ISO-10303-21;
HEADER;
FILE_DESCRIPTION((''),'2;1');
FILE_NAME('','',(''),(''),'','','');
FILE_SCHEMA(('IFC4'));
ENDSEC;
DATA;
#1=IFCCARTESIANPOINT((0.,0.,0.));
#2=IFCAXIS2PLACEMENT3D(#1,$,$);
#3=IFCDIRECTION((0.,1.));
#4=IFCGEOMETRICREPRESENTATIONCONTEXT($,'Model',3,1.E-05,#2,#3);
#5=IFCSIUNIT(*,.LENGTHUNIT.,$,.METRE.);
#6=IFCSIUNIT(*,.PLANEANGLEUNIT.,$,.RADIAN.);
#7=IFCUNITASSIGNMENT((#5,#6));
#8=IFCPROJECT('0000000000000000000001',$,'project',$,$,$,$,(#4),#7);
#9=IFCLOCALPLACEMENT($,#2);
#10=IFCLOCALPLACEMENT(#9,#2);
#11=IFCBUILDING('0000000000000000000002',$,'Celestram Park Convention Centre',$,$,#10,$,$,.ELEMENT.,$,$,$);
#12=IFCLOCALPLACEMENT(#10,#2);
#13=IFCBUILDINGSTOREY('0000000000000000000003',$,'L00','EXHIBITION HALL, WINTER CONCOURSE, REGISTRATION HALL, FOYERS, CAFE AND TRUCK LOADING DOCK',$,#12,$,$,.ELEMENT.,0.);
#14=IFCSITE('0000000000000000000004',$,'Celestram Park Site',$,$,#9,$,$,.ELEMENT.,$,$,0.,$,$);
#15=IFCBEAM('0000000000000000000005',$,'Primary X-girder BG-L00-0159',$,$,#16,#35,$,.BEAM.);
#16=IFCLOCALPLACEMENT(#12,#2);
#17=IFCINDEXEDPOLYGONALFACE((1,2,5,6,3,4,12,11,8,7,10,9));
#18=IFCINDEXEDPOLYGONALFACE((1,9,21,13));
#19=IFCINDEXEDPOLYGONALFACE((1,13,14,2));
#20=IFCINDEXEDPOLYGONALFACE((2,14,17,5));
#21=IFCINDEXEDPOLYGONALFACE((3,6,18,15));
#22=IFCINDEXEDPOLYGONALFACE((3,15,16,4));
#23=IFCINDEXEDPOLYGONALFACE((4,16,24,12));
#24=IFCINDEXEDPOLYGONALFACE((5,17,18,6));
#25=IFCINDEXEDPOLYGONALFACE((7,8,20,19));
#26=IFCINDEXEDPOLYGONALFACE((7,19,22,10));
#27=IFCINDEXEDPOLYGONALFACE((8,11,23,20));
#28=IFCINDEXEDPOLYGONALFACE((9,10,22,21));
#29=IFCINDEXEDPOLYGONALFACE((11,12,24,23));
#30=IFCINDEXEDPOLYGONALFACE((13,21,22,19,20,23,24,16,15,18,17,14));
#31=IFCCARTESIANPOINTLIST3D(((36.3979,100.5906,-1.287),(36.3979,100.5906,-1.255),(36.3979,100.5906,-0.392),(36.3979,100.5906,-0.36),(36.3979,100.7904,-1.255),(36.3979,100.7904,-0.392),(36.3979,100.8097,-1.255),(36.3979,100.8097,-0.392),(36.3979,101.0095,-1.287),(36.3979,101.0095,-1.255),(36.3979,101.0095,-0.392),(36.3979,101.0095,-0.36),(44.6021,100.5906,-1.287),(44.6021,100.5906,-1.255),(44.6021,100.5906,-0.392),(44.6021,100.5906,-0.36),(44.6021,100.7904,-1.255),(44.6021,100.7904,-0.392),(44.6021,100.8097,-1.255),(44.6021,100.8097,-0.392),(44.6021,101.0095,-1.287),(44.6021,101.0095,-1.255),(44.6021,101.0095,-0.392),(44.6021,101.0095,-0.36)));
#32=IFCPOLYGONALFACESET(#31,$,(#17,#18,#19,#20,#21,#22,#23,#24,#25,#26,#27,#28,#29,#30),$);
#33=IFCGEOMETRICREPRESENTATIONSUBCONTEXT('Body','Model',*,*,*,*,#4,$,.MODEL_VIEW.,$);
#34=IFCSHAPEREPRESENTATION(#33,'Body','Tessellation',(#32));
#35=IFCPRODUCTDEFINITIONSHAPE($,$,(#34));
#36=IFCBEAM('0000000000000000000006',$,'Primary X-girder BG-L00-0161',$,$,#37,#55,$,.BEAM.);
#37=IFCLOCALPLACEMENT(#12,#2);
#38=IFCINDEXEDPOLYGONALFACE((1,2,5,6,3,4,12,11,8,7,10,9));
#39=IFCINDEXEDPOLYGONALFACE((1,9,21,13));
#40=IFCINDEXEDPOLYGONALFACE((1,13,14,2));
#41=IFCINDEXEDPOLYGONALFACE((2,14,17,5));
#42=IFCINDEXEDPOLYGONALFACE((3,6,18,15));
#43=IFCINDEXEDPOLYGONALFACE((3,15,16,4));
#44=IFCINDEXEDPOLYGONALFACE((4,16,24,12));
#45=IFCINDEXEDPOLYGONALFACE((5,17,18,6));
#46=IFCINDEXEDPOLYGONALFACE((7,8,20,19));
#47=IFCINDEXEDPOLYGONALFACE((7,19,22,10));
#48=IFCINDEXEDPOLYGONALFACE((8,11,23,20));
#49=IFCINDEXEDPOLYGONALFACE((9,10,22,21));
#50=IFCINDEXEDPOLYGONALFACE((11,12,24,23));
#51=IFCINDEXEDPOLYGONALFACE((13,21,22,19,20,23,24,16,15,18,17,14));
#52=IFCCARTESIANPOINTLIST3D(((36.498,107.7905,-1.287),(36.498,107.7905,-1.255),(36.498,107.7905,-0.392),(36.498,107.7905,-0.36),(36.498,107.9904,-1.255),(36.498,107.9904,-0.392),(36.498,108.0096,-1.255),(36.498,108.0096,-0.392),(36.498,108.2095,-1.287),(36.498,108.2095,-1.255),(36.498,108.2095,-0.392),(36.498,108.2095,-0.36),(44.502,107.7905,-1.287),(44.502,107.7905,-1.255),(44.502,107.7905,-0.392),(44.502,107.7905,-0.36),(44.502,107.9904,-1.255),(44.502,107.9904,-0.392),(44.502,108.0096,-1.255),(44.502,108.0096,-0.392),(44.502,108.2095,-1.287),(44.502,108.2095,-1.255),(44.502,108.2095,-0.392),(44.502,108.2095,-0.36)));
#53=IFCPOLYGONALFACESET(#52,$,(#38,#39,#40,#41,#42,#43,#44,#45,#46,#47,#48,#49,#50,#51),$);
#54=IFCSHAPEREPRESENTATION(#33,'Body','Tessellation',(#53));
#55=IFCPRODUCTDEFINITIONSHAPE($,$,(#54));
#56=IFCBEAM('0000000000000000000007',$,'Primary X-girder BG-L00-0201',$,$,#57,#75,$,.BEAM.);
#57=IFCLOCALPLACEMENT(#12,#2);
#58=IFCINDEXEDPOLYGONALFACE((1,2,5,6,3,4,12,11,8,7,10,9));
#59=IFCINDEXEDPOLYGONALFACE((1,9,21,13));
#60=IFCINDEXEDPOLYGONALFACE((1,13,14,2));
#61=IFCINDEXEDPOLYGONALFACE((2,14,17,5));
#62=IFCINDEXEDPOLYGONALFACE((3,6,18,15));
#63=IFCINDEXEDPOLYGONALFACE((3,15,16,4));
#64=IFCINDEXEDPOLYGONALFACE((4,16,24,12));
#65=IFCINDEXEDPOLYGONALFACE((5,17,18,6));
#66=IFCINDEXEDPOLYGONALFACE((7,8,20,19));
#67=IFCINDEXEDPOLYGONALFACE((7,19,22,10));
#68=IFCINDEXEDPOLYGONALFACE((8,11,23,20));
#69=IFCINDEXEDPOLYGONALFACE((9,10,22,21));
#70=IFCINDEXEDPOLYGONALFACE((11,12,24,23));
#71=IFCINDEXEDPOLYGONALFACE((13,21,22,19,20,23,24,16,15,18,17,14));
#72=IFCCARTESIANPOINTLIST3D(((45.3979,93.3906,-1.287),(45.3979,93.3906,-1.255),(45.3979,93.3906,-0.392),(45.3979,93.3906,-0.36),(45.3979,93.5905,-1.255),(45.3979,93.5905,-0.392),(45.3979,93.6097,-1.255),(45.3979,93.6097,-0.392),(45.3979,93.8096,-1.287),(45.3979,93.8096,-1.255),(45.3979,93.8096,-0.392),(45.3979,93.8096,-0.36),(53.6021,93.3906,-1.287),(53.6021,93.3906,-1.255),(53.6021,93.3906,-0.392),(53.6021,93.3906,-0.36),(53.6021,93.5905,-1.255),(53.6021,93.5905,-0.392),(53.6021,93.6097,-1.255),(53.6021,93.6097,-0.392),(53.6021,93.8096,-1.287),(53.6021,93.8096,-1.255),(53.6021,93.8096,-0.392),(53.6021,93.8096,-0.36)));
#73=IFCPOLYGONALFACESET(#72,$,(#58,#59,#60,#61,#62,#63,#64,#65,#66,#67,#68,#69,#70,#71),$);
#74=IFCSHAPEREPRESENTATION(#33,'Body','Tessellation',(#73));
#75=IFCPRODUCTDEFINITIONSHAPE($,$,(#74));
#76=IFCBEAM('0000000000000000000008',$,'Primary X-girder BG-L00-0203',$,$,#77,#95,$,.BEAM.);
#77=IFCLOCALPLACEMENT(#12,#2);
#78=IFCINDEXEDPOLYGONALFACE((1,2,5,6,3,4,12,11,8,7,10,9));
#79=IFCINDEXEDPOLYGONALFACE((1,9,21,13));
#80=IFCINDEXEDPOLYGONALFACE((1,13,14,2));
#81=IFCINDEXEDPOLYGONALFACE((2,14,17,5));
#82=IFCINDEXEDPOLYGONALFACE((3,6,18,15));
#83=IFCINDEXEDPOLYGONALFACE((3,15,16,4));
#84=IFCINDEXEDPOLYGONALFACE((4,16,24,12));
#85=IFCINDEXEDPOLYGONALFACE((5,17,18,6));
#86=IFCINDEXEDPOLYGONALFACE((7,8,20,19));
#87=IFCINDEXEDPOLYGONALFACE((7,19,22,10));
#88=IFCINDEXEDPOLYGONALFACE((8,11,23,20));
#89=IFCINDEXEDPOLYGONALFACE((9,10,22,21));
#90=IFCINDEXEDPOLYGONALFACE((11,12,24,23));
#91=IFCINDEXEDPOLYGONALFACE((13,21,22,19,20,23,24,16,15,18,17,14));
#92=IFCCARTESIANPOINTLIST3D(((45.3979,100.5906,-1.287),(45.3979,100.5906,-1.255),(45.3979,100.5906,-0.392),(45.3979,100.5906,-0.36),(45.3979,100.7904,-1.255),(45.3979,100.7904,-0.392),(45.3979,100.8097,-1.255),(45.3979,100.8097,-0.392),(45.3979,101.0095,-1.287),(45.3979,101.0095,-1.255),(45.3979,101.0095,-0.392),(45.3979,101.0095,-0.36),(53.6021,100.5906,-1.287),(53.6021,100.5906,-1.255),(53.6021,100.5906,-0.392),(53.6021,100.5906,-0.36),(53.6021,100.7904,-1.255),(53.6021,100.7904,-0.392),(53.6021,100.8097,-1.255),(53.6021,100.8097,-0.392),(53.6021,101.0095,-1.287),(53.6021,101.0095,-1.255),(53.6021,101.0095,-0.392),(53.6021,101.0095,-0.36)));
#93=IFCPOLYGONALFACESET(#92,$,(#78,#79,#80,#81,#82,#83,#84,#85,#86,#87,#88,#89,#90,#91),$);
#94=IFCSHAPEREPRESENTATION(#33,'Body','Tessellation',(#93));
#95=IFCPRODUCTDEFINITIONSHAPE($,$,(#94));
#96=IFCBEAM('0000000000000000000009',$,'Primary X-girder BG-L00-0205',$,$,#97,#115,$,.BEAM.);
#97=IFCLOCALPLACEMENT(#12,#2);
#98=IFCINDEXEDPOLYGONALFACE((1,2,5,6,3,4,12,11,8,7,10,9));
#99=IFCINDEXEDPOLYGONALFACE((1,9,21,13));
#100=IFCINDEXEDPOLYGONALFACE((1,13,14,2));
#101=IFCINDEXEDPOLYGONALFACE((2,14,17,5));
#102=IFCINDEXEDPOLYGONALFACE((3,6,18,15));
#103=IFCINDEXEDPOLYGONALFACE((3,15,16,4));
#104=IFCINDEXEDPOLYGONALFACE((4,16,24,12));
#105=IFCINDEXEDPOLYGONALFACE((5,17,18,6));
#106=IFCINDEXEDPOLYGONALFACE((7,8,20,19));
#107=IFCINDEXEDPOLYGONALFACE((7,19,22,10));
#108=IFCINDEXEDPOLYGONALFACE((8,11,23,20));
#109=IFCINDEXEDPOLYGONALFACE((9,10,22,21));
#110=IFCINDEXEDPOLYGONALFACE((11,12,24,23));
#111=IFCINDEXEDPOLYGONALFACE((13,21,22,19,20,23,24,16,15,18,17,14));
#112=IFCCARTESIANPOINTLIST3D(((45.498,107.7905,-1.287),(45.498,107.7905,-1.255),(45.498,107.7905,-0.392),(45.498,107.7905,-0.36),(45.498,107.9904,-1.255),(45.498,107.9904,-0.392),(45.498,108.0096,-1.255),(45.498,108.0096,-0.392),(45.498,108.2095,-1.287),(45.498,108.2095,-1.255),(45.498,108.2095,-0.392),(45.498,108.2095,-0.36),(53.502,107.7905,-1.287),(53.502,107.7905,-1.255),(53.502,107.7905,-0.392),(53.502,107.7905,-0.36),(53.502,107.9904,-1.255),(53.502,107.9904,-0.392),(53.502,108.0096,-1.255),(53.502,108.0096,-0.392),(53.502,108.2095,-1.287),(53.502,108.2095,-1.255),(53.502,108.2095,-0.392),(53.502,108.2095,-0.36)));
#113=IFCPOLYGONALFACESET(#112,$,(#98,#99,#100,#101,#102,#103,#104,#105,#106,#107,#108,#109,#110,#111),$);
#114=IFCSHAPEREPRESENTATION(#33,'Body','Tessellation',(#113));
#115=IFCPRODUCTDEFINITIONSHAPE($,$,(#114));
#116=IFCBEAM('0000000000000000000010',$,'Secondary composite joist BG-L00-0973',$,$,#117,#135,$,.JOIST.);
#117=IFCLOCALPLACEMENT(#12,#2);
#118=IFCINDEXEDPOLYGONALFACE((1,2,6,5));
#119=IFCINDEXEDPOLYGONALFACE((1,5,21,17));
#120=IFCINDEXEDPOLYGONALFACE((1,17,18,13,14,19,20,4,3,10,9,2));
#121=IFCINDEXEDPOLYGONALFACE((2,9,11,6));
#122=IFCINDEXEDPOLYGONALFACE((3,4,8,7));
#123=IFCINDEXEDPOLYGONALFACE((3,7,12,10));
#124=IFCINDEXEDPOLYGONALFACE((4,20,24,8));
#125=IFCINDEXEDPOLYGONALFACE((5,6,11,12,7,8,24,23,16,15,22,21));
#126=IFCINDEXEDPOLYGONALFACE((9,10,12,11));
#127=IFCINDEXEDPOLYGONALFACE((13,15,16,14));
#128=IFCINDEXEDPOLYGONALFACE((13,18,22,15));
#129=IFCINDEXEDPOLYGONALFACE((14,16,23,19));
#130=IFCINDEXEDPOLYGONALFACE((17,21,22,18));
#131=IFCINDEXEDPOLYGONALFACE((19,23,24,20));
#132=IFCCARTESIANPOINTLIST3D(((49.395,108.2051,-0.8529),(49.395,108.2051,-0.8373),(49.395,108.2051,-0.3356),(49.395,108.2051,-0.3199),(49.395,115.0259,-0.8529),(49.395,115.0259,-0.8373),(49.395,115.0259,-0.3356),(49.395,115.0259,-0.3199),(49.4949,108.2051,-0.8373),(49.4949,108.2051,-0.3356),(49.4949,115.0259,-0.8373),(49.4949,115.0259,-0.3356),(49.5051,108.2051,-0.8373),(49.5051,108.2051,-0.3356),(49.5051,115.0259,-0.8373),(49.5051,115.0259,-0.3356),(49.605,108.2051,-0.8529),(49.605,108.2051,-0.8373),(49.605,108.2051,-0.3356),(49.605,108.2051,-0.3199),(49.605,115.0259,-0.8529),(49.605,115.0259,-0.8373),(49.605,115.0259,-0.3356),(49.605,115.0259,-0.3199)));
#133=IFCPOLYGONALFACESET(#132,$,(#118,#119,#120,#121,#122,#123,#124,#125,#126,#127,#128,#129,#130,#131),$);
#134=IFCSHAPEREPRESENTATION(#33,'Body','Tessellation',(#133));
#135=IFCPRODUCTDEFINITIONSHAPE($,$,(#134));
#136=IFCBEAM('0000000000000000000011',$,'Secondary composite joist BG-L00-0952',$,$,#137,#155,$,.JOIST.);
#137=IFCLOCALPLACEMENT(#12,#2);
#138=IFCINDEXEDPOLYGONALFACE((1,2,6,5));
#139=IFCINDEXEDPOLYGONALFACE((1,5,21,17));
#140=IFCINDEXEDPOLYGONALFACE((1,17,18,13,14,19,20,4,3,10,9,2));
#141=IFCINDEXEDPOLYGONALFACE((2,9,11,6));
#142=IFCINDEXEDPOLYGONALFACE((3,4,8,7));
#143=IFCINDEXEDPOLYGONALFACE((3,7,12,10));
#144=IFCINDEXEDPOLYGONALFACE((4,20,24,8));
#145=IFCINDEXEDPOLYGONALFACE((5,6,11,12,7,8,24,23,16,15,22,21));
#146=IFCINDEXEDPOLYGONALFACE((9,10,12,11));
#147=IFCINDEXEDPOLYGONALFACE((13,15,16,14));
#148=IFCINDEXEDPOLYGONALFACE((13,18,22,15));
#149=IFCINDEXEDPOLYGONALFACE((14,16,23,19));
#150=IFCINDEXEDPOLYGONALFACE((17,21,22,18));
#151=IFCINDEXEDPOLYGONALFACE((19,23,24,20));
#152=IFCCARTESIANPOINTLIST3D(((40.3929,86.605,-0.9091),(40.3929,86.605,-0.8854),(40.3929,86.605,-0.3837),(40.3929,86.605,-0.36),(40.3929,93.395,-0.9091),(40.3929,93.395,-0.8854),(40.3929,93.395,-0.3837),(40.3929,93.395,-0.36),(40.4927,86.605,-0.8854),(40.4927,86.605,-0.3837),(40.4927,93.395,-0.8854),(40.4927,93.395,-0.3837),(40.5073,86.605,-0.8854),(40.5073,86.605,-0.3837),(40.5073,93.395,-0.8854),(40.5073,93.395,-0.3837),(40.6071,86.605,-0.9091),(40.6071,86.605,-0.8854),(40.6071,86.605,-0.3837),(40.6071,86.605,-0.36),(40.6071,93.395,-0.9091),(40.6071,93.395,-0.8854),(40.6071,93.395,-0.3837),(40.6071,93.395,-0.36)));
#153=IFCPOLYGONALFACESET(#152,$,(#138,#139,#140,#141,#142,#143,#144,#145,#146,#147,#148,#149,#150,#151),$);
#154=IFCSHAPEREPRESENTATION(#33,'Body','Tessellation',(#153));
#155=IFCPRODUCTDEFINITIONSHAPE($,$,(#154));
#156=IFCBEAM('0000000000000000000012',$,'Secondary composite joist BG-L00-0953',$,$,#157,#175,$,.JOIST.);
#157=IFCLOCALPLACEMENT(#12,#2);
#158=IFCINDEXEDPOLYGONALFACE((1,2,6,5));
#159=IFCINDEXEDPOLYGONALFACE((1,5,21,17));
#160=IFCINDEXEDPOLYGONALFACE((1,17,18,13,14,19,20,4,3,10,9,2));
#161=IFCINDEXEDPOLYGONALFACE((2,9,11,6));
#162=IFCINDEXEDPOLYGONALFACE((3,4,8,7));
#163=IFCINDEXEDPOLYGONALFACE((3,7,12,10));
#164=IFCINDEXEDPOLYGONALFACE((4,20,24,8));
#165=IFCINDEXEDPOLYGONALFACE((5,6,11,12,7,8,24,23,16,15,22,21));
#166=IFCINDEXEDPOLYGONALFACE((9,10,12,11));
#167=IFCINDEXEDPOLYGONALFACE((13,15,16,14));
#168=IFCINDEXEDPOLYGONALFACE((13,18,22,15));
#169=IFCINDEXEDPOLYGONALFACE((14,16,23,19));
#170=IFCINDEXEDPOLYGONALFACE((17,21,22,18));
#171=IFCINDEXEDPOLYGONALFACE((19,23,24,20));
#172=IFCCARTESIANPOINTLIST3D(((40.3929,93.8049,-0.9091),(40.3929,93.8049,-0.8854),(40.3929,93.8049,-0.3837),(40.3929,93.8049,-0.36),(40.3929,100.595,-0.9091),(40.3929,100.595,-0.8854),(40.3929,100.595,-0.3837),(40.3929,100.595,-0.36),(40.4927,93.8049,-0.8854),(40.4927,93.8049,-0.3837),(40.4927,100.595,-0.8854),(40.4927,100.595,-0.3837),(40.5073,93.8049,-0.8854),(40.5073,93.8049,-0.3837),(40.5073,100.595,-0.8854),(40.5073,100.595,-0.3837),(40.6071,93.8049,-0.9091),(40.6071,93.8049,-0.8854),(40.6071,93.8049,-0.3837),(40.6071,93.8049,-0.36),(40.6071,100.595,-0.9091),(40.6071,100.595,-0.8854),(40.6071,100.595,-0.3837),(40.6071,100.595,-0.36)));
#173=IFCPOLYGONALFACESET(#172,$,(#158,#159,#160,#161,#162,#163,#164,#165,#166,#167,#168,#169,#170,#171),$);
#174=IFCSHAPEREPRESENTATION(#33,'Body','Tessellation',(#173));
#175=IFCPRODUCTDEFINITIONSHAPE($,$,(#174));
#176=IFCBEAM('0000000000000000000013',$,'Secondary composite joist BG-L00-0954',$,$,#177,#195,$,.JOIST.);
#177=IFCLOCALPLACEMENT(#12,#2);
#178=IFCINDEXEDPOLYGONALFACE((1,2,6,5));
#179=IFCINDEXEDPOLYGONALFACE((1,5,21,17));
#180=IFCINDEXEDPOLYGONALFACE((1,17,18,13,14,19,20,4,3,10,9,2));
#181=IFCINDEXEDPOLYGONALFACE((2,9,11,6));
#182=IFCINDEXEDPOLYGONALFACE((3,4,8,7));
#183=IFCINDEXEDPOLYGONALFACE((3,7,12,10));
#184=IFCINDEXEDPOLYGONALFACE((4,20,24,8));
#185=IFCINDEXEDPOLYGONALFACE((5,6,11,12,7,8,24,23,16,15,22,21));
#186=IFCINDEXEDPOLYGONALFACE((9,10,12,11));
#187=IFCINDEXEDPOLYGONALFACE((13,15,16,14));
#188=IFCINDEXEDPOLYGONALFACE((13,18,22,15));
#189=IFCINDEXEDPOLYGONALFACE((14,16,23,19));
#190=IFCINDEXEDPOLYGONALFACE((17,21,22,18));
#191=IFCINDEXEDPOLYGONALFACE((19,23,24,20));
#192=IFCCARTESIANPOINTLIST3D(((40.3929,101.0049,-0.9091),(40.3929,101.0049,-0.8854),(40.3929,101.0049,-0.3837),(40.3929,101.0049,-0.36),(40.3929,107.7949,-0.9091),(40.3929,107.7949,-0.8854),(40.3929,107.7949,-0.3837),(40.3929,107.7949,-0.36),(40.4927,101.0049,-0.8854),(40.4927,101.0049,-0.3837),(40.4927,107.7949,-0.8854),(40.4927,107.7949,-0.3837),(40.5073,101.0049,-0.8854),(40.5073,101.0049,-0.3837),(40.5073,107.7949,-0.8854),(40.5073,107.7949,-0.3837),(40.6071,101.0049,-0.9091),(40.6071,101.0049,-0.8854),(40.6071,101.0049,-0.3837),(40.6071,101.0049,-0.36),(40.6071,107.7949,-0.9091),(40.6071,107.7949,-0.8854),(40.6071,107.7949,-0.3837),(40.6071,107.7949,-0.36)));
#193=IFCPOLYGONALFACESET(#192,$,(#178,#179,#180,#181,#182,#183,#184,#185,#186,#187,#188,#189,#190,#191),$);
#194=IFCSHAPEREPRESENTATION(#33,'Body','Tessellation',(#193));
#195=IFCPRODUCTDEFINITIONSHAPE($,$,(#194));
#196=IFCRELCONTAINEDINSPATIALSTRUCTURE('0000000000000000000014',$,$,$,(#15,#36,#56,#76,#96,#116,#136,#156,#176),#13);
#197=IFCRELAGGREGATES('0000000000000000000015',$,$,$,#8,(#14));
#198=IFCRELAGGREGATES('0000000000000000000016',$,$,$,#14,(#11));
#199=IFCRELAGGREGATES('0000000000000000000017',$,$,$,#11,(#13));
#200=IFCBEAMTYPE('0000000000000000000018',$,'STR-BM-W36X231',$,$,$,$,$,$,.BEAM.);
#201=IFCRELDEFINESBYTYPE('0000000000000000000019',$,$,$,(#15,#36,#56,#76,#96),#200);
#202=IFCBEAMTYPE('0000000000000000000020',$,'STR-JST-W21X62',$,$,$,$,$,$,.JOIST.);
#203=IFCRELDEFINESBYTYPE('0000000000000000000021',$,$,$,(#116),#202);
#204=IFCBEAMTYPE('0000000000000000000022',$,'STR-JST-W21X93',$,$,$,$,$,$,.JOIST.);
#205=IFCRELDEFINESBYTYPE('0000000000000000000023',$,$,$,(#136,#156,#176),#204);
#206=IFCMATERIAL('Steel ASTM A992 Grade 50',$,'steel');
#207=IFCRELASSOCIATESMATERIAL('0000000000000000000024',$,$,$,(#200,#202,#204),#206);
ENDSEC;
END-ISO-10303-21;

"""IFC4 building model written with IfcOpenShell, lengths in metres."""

from ifc_helpers import new_model, si_unit, direction, frame, origin, origin_2d, place, context, subcontext, project, spatial, i_section, extrude, material, material_profile, profile_set, type_object, element, save


model = new_model("IFC4")

# Units and contexts
model_context = context("Model", 3, precision=1e-05, world=origin(), true_north=direction((0.0, 1.0)))
body_context = subcontext(model_context, "Body", "Model", "MODEL_VIEW")
ifc_project = project(units=[si_unit("LENGTHUNIT", "METRE"), si_unit("PLANEANGLEUNIT", "RADIAN")], contexts=[model_context])

# Site, building, storey
site_placement = place(None, origin())
site = spatial("IfcSite", under=ifc_project, at=site_placement, Name="Celestram Park Site", CompositionType="ELEMENT", RefElevation=0.0)
building_placement = place(site_placement, origin())
building = spatial("IfcBuilding", under=site, at=building_placement, Name="Celestram Park Convention Centre", CompositionType="ELEMENT")
storey_placement = place(building_placement, origin())
storey = spatial("IfcBuildingStorey", under=building, at=storey_placement, Name="L00", Description="EXHIBITION HALL, WINTER CONCOURSE, REGISTRATION HALL, FOYERS, CAFE AND TRUCK LOADING DOCK", CompositionType="ELEMENT", Elevation=0.0)

# Beams
ifc_material_1 = material(Name="Steel ASTM A992 Grade 50", Category="steel")
ifc_material_profile_1 = material_profile(ifc_material_1, i_section(OverallWidth=0.4189, OverallDepth=0.927, WebThickness=0.0193, FlangeThickness=0.032, at=origin_2d()), Name="W36X231")
ifc_profile_set_1 = profile_set([ifc_material_profile_1], Name="Steel ASTM A992 Grade 50")
beam_type_1 = type_object("IfcBeamType", Name="STR-BM-W36X231", PredefinedType="BEAM", material=ifc_profile_set_1)
for number, where, z_axis, x_axis, name in (
    (1, (36.3979, 100.8, -0.8235), (1.0, 0.0, 0.0), (0.0, 1.0, 0.0), "Primary X-girder BG-L00-0159"),
):
    element("IfcBeam", number, at=place(storey_placement, frame(where, z_axis=z_axis, x_axis=x_axis)), inside=storey, type_object=beam_type_1, Name=name, PredefinedType="BEAM", context=body_context, shape_type="SweptSolid", body=[
        extrude(i_section(OverallWidth=0.4189, OverallDepth=0.927, WebThickness=0.0193, FlangeThickness=0.032, at=origin_2d()), origin(), (0.0, 0.0, 1.0), 8.2041),
    ])
beam_1_placement = place(storey_placement, frame((36.498, 108.0, -0.8235), z_axis=(1.0, 0.0, 0.0), x_axis=(0.0, 1.0, 0.0)))
element("IfcBeam", 2, at=beam_1_placement, inside=storey, type_object=beam_type_1, Name="Primary X-girder BG-L00-0161", PredefinedType="BEAM", context=body_context, shape_type="SweptSolid", body=[
    extrude(i_section(OverallWidth=0.4189, OverallDepth=0.927, WebThickness=0.0193, FlangeThickness=0.032, at=origin_2d()), origin(), (0.0, 0.0, 1.0), 8.0039),
])
for number, where, z_axis, x_axis, name in (
    (3, (45.3979, 93.6001, -0.8235), (1.0, 0.0, 0.0), (0.0, 1.0, 0.0), "Primary X-girder BG-L00-0201"),
    (4, (45.3979, 100.8, -0.8235), (1.0, 0.0, 0.0), (0.0, 1.0, 0.0), "Primary X-girder BG-L00-0203"),
):
    element("IfcBeam", number, at=place(storey_placement, frame(where, z_axis=z_axis, x_axis=x_axis)), inside=storey, type_object=beam_type_1, Name=name, PredefinedType="BEAM", context=body_context, shape_type="SweptSolid", body=[
        extrude(i_section(OverallWidth=0.4189, OverallDepth=0.927, WebThickness=0.0193, FlangeThickness=0.032, at=origin_2d()), origin(), (0.0, 0.0, 1.0), 8.2041),
    ])
beam_2_placement = place(storey_placement, frame((45.498, 108.0, -0.8235), z_axis=(1.0, 0.0, 0.0), x_axis=(0.0, 1.0, 0.0)))
element("IfcBeam", 5, at=beam_2_placement, inside=storey, type_object=beam_type_1, Name="Primary X-girder BG-L00-0205", PredefinedType="BEAM", context=body_context, shape_type="SweptSolid", body=[
    extrude(i_section(OverallWidth=0.4189, OverallDepth=0.927, WebThickness=0.0193, FlangeThickness=0.032, at=origin_2d()), origin(), (0.0, 0.0, 1.0), 8.0039),
])
ifc_material_profile_2 = material_profile(ifc_material_1, i_section(OverallWidth=0.21, OverallDepth=0.533, WebThickness=0.0103, FlangeThickness=0.0156, at=origin_2d()), Name="W21X62")
ifc_profile_set_2 = profile_set([ifc_material_profile_2], Name="Steel ASTM A992 Grade 50")
beam_type_2 = type_object("IfcBeamType", Name="STR-JST-W21X62", PredefinedType="JOIST", material=ifc_profile_set_2)
beam_3_placement = place(storey_placement, frame((49.5, 108.2051, -0.5864), z_axis=(0.0, 1.0, 0.0), x_axis=(-1.0, 0.0, 0.0)))
element("IfcBeam", 6, at=beam_3_placement, inside=storey, type_object=beam_type_2, Name="Secondary composite joist BG-L00-0973", PredefinedType="JOIST", context=body_context, shape_type="SweptSolid", body=[
    extrude(i_section(OverallWidth=0.21, OverallDepth=0.533, WebThickness=0.0103, FlangeThickness=0.0156, at=origin_2d()), origin(), (0.0, 0.0, 1.0), 6.8208),
])
ifc_material_profile_3 = material_profile(ifc_material_1, i_section(OverallWidth=0.2141, OverallDepth=0.5491, WebThickness=0.0146, FlangeThickness=0.0237, at=origin_2d()), Name="W21X93")
ifc_profile_set_3 = profile_set([ifc_material_profile_3], Name="Steel ASTM A992 Grade 50")
beam_type_3 = type_object("IfcBeamType", Name="STR-JST-W21X93", PredefinedType="JOIST", material=ifc_profile_set_3)
for number, where, z_axis, x_axis, name in (
    (7, (40.5, 86.605, -0.6345), (0.0, 1.0, 0.0), (-1.0, 0.0, 0.0), "Secondary composite joist BG-L00-0952"),
    (8, (40.5, 93.8049, -0.6345), (0.0, 1.0, 0.0), (-1.0, 0.0, 0.0), "Secondary composite joist BG-L00-0953"),
    (9, (40.5, 101.0049, -0.6345), (0.0, 1.0, 0.0), (-1.0, 0.0, 0.0), "Secondary composite joist BG-L00-0954"),
):
    element("IfcBeam", number, at=place(storey_placement, frame(where, z_axis=z_axis, x_axis=x_axis)), inside=storey, type_object=beam_type_3, Name=name, PredefinedType="JOIST", context=body_context, shape_type="SweptSolid", body=[
        extrude(i_section(OverallWidth=0.2141, OverallDepth=0.5491, WebThickness=0.0146, FlangeThickness=0.0237, at=origin_2d()), origin(), (0.0, 0.0, 1.0), 6.79),
    ])

save(model, "model.ifc")
